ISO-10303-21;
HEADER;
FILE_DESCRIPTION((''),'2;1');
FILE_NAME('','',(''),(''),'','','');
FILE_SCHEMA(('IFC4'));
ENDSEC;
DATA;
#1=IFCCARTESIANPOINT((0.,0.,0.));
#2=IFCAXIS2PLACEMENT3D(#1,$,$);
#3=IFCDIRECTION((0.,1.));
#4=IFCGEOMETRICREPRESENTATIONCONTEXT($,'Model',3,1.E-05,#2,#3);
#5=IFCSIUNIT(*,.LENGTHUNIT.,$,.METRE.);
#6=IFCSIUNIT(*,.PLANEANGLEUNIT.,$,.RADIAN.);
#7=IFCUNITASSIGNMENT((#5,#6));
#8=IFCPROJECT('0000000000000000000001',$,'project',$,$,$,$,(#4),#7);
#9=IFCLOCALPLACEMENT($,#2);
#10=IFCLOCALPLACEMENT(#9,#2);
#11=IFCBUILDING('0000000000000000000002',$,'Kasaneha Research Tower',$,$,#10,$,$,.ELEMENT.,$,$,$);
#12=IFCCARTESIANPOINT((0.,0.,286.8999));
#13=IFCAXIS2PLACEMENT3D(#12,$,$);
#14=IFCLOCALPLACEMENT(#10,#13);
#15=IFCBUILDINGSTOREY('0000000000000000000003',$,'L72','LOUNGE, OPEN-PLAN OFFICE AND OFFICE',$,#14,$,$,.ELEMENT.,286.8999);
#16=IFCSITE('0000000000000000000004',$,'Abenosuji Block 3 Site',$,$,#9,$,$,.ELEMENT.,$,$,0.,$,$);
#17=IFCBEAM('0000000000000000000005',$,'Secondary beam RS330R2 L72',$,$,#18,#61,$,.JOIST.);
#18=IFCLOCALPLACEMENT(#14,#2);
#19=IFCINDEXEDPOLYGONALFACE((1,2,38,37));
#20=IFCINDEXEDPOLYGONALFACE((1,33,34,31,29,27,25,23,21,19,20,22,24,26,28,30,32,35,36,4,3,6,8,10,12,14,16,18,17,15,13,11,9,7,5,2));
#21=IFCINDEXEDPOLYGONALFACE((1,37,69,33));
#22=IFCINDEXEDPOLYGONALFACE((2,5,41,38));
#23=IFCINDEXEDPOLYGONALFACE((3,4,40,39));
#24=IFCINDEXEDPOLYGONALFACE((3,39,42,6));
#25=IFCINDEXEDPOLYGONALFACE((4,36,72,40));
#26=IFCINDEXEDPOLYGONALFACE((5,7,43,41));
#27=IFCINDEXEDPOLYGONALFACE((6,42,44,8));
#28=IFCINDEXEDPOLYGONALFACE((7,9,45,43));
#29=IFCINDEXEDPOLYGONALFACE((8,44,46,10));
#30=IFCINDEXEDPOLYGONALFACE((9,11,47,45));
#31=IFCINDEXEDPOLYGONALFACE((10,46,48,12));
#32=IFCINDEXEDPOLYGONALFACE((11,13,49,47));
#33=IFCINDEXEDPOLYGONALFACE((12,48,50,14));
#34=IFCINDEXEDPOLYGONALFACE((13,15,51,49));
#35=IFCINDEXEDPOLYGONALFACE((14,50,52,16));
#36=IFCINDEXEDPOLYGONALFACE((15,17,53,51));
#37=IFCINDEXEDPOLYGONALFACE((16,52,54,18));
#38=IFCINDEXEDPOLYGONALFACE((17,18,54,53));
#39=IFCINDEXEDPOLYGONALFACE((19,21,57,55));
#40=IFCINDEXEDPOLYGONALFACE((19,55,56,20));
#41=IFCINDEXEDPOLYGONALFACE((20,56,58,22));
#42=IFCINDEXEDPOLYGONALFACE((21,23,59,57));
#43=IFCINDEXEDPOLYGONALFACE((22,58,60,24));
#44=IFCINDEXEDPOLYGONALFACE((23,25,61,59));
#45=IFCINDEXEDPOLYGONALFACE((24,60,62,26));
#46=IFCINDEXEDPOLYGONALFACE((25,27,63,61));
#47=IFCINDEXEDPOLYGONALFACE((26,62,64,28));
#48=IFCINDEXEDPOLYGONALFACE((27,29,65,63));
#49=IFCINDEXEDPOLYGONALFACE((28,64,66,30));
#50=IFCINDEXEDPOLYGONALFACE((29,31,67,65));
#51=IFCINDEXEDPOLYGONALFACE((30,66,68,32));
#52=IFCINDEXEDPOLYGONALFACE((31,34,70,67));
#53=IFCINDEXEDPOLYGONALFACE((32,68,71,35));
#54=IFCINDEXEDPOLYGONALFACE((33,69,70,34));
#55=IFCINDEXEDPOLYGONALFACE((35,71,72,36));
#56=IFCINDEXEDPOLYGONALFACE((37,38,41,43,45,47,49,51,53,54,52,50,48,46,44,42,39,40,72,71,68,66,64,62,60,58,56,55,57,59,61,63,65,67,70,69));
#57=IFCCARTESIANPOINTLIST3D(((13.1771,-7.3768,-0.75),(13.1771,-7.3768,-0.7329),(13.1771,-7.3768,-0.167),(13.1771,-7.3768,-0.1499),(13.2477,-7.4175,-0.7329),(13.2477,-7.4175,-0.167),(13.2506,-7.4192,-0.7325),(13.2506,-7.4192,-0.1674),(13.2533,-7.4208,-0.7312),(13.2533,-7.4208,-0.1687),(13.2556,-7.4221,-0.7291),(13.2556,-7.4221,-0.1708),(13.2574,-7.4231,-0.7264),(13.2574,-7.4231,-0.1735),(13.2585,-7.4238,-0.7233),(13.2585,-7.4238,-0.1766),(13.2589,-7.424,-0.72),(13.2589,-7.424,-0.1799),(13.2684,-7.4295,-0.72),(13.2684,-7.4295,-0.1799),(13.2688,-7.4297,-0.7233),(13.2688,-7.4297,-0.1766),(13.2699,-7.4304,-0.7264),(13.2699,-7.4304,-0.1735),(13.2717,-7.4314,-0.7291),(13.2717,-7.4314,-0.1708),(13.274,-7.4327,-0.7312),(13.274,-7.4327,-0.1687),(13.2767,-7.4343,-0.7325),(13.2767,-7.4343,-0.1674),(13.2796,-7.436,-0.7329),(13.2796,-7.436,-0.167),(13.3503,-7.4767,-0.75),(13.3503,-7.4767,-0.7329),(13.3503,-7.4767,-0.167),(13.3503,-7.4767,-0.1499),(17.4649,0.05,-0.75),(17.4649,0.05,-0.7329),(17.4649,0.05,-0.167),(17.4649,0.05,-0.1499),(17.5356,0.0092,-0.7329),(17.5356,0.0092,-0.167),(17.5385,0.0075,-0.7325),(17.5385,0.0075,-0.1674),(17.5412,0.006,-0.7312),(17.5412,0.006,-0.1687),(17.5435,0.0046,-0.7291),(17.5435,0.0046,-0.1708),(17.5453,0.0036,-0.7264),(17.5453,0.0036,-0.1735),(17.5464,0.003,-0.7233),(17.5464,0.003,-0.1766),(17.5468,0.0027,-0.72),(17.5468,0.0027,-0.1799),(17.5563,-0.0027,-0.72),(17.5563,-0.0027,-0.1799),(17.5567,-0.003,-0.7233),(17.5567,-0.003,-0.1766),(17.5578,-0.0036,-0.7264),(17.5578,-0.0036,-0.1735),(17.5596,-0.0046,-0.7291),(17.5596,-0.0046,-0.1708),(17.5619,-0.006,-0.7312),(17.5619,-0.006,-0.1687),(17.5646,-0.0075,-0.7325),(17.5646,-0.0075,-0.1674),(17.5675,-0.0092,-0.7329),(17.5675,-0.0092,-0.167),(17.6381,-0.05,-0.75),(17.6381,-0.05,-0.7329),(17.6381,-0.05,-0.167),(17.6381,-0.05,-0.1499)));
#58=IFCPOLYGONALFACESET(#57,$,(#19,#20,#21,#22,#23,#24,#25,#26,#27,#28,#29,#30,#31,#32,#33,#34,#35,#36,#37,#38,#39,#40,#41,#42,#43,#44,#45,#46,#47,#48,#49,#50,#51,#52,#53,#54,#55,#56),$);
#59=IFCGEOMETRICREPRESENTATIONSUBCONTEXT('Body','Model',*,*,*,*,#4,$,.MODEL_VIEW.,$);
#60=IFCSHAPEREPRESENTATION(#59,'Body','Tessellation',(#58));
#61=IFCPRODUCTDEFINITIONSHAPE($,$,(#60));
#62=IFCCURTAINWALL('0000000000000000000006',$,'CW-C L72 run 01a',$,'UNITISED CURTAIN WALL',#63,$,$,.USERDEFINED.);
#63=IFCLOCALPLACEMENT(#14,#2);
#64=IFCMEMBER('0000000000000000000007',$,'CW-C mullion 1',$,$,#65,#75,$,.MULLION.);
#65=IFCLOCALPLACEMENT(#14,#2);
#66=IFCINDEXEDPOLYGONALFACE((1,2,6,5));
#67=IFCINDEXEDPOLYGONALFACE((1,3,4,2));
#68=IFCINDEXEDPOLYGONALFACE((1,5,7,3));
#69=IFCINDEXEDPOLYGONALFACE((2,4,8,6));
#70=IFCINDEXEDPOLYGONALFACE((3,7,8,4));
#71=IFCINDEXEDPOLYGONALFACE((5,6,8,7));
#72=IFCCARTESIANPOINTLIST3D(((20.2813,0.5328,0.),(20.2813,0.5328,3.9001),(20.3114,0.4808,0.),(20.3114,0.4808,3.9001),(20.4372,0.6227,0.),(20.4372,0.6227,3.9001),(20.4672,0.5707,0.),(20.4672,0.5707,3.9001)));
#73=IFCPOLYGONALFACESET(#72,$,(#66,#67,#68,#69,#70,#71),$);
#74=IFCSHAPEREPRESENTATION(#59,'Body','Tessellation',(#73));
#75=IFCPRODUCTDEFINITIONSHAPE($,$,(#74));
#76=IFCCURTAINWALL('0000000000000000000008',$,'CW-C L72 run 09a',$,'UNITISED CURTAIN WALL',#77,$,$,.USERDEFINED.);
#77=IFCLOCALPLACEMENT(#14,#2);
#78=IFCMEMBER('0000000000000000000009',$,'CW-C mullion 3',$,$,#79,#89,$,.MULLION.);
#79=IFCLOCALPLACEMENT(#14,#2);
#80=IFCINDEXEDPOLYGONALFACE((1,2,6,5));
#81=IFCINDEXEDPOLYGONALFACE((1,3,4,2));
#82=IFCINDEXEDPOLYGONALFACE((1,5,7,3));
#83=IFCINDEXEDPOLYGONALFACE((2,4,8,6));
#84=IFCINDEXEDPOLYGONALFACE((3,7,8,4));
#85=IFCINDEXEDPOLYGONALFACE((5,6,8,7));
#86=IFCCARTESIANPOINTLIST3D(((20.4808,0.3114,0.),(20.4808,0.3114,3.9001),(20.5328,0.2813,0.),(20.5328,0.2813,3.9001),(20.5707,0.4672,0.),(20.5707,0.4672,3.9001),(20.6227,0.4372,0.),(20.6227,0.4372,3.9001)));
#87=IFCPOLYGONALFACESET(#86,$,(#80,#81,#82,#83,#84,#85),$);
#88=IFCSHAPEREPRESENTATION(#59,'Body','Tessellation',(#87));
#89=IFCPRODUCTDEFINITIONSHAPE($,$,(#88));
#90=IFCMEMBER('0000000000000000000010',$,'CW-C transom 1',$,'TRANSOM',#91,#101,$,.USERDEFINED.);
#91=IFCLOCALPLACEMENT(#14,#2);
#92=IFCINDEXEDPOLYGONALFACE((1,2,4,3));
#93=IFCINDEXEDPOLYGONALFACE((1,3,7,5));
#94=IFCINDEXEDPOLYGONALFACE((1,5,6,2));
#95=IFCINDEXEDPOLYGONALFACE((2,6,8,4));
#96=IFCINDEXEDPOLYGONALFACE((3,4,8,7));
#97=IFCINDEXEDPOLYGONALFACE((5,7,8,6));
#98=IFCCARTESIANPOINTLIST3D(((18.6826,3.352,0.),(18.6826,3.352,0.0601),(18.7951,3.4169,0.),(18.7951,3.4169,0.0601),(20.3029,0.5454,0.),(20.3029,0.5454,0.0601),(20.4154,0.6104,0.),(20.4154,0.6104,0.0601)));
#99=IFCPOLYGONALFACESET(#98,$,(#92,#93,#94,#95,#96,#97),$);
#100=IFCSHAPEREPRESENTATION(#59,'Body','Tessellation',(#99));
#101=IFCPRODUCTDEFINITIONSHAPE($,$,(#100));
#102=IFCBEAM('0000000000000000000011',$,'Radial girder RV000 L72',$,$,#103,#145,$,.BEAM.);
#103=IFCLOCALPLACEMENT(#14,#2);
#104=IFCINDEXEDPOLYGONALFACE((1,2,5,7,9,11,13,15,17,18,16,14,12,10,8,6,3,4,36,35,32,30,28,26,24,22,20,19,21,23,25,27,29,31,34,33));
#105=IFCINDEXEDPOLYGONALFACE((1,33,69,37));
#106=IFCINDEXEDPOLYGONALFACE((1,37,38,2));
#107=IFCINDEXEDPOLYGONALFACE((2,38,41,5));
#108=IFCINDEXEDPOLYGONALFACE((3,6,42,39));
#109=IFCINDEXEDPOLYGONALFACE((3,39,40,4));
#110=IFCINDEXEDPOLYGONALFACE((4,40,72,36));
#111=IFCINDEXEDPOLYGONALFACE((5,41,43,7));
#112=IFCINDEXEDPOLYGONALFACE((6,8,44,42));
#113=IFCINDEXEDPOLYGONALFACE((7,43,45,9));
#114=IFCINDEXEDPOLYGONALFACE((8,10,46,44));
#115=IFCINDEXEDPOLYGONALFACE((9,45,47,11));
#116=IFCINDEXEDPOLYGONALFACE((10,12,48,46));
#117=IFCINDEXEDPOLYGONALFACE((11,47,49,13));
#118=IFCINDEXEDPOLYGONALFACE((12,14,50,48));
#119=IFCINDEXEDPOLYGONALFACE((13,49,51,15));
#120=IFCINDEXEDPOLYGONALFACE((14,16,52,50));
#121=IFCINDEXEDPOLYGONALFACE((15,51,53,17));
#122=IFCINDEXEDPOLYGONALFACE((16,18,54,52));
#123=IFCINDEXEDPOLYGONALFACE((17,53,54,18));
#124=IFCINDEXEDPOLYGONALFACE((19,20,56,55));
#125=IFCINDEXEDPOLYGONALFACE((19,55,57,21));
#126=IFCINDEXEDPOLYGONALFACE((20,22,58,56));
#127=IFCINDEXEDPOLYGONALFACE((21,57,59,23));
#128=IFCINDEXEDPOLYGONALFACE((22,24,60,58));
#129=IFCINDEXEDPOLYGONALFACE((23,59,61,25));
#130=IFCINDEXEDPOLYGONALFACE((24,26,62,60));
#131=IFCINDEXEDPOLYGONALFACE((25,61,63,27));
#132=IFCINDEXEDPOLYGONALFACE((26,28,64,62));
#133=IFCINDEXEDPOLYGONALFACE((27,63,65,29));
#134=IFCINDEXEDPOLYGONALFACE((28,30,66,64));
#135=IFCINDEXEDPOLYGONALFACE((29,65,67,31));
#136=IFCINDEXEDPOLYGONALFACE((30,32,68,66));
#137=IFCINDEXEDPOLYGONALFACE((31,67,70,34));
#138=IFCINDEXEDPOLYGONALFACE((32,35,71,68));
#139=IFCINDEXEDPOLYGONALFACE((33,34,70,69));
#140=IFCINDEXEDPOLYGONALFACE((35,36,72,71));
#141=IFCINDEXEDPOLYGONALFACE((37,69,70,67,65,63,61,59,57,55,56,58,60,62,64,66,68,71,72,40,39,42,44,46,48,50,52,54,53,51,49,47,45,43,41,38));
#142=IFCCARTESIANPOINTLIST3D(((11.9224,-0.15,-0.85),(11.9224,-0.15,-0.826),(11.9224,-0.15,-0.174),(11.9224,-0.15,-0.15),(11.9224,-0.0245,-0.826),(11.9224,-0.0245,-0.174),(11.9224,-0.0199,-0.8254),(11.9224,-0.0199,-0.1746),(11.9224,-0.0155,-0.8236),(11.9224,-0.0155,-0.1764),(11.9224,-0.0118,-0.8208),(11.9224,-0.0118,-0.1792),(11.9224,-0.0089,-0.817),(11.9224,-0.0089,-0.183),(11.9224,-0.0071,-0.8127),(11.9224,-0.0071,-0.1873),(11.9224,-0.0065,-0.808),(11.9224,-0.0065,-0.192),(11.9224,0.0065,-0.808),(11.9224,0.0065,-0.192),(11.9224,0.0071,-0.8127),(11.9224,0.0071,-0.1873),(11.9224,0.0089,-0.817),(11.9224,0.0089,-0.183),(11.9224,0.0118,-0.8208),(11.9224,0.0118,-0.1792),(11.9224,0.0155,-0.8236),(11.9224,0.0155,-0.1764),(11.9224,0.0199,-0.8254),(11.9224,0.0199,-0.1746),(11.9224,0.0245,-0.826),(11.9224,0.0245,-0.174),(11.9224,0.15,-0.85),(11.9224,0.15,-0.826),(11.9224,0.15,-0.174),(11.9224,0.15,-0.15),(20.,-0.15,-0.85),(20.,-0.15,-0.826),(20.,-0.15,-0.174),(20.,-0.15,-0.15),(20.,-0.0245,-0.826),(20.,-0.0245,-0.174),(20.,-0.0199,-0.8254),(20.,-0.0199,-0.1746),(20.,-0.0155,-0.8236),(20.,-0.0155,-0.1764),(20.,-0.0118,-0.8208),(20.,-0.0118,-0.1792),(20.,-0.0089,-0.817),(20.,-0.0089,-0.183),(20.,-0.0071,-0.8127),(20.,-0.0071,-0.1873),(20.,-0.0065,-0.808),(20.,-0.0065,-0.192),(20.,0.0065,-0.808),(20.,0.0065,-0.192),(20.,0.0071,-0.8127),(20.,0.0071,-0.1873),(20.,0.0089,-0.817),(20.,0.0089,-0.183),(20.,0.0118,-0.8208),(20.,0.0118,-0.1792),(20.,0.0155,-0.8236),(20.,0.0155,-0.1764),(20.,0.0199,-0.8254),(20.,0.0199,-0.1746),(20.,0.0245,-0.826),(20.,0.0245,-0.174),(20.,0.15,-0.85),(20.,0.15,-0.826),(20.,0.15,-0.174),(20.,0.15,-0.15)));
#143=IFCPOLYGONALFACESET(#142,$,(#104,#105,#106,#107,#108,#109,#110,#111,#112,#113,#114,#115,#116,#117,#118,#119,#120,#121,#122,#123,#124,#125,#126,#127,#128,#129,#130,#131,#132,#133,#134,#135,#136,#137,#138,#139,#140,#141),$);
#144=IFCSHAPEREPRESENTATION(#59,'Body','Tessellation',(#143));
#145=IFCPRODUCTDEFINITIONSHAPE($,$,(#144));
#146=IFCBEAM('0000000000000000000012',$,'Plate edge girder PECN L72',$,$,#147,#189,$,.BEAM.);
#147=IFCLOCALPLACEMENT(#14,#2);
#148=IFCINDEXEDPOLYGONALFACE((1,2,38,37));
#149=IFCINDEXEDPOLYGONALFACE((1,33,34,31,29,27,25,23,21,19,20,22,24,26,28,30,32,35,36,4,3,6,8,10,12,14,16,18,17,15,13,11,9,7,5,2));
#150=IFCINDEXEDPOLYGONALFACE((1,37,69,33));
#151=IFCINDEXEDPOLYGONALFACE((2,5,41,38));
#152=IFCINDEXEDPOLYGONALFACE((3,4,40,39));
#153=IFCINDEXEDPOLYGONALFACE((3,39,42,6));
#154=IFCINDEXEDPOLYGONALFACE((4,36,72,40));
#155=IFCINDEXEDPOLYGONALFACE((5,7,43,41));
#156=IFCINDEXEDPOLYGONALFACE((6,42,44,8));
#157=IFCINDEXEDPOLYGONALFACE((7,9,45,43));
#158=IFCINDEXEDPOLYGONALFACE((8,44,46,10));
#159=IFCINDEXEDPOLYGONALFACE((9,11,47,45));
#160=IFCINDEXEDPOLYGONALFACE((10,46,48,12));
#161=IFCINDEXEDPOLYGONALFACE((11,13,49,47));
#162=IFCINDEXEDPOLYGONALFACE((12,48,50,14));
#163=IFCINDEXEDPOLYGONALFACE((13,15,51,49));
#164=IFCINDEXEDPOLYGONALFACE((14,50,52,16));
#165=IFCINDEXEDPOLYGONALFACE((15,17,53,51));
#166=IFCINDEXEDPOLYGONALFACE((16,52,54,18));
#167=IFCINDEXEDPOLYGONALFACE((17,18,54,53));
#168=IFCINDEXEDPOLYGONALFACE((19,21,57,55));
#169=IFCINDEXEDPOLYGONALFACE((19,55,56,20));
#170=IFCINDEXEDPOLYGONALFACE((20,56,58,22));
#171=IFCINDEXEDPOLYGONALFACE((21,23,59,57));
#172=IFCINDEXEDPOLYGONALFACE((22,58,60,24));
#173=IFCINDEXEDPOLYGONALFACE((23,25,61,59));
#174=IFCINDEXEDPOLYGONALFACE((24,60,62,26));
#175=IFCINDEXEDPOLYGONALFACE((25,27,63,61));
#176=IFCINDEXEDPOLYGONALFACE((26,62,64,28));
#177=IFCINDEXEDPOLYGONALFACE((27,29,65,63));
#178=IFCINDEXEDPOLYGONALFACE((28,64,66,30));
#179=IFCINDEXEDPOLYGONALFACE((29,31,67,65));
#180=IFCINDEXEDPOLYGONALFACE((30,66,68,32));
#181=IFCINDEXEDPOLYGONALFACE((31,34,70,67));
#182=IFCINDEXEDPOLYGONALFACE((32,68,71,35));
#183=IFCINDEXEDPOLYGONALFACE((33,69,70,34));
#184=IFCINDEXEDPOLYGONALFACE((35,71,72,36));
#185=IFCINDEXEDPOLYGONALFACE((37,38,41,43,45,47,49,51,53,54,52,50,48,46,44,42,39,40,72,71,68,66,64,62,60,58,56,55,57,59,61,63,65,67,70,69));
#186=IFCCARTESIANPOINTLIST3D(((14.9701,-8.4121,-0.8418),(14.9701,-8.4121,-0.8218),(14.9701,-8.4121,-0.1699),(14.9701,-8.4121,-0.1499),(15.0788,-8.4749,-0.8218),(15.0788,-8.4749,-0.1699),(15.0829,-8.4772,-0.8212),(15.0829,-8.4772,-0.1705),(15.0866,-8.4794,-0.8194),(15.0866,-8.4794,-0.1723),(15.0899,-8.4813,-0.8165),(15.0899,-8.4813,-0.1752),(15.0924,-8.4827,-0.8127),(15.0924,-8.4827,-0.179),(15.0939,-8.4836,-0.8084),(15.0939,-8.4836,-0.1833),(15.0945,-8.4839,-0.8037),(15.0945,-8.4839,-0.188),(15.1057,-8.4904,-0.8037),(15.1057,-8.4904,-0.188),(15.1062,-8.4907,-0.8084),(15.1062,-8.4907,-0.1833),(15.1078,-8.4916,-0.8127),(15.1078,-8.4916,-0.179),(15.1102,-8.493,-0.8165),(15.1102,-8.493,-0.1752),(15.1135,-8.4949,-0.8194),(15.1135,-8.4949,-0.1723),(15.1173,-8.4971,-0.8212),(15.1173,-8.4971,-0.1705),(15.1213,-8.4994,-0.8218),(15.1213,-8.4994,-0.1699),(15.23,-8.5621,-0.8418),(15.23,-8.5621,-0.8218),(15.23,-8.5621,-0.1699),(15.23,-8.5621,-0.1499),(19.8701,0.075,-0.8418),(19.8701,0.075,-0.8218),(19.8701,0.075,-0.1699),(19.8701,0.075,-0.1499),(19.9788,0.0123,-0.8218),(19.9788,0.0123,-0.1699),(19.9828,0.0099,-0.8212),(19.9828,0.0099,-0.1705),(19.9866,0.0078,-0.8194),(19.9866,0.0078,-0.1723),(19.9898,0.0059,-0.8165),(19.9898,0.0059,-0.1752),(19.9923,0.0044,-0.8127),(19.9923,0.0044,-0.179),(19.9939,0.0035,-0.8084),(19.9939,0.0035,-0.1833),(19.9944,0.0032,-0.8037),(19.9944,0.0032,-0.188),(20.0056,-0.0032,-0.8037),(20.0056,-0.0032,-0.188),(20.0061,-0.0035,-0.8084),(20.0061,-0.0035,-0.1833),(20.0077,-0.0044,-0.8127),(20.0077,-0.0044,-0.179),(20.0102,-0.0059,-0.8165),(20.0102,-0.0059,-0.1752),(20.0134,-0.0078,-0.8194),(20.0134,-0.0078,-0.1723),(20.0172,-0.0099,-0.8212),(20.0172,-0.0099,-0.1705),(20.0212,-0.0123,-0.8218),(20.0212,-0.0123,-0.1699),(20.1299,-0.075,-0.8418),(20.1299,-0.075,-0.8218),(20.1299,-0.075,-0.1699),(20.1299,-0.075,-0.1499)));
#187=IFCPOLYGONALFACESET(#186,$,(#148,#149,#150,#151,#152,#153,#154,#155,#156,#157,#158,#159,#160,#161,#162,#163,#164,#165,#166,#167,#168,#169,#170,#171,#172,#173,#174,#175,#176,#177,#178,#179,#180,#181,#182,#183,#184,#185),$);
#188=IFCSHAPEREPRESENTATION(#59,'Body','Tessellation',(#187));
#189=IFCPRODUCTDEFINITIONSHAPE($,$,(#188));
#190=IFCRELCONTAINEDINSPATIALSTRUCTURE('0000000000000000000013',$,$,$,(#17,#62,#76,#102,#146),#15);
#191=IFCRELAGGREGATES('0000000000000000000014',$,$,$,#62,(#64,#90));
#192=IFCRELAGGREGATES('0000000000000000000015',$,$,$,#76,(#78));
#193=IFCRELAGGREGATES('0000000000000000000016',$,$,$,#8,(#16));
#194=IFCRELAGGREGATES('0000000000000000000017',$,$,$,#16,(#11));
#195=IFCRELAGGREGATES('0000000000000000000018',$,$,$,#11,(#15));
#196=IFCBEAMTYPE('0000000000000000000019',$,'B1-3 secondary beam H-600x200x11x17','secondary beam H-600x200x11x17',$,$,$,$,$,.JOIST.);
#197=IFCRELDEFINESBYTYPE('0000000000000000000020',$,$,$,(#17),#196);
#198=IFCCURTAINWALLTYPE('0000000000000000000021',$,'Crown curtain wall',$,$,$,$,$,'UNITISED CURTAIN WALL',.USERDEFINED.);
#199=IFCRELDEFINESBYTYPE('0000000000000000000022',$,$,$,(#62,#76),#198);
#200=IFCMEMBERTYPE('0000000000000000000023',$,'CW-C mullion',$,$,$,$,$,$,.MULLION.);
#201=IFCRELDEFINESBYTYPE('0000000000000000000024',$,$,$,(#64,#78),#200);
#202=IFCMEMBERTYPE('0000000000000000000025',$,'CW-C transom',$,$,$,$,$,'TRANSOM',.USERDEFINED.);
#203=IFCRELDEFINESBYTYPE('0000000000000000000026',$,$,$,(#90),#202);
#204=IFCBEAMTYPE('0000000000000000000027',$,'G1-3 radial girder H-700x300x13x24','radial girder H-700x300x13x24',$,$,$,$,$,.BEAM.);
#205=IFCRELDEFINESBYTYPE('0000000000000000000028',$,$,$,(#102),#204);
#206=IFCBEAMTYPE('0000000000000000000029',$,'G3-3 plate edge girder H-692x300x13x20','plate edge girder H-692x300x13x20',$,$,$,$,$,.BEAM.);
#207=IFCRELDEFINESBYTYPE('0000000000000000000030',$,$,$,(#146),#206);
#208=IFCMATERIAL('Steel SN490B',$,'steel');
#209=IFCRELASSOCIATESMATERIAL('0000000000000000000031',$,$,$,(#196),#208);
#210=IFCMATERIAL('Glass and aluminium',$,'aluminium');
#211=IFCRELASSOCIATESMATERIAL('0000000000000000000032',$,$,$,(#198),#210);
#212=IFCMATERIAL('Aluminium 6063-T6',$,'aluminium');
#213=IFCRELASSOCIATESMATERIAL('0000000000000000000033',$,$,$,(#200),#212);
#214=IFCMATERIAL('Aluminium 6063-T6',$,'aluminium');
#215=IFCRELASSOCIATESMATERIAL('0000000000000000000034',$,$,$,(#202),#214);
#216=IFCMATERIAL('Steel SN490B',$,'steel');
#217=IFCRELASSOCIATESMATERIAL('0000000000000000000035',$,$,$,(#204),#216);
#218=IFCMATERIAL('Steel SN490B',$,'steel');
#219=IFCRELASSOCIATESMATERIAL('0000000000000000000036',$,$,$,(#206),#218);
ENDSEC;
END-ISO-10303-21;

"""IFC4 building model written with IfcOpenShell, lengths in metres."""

from ifc_helpers import new_model, si_unit, direction, frame, origin, origin_2d, place, context, subcontext, project, spatial, rectangle, i_section, extrude, material, material_profile, profile_set, type_object, element, aggregate, save


model = new_model("IFC4")

# Units and contexts
model_context = context("Model", 3, precision=1e-05, world=origin(), true_north=direction((0.0, 1.0)))
body_context = subcontext(model_context, "Body", "Model", "MODEL_VIEW")
ifc_project = project(units=[si_unit("LENGTHUNIT", "METRE"), si_unit("PLANEANGLEUNIT", "RADIAN")], contexts=[model_context])

# Site, building, storey
site_placement = place(None, origin())
site = spatial("IfcSite", under=ifc_project, at=site_placement, Name="Abenosuji Block 3 Site", CompositionType="ELEMENT", RefElevation=0.0)
building_placement = place(site_placement, origin())
building = spatial("IfcBuilding", under=site, at=building_placement, Name="Kasaneha Research Tower", CompositionType="ELEMENT")
storey_placement = place(building_placement, frame((0.0, 0.0, 286.8999)))
storey = spatial("IfcBuildingStorey", under=building, at=storey_placement, Name="L72", Description="LOUNGE, OPEN-PLAN OFFICE AND OFFICE", CompositionType="ELEMENT", Elevation=286.8999)

# Beam
ifc_material_1 = material(Name="Steel SN490B", Category="steel")
ifc_material_profile_1 = material_profile(ifc_material_1, i_section(OverallWidth=0.2, OverallDepth=0.6001, WebThickness=0.011, FlangeThickness=0.0171, FilletRadius=0.0129, at=origin_2d()), Name="H-600x200x11x17")
ifc_profile_set_1 = profile_set([ifc_material_profile_1], Name="Steel SN490B")
beam_type_1 = type_object("IfcBeamType", Name="B1-3 secondary beam H-600x200x11x17", Description="secondary beam H-600x200x11x17", PredefinedType="JOIST", material=ifc_profile_set_1)
beam_1_placement = place(storey_placement, frame((17.5515, 0.0, -0.45), z_axis=(-0.5, -0.866025, 0.0), x_axis=(0.866025, -0.5, 0.0)))
element("IfcBeam", 1, at=beam_1_placement, inside=storey, type_object=beam_type_1, Name="Secondary beam RS330R2 L72", PredefinedType="JOIST", context=body_context, shape_type="SweptSolid", body=[
    extrude(i_section(OverallWidth=0.2, OverallDepth=0.6001, WebThickness=0.011, FlangeThickness=0.0171, FilletRadius=0.0129, at=origin_2d()), origin(), (0.0, 0.0, 1.0), 8.5757),
])

# Curtain walls, members
ifc_material_2 = material(Name="Glass and aluminium", Category="aluminium")
curtain_wall_type = type_object("IfcCurtainWallType", Name="Crown curtain wall", ElementType="UNITISED CURTAIN WALL", PredefinedType="USERDEFINED", material=ifc_material_2)
curtain_wall_1_placement = place(storey_placement, origin())
curtain_wall_1 = element("IfcCurtainWall", 2, at=curtain_wall_1_placement, inside=storey, type_object=curtain_wall_type, Name="CW-C L72 run 01a", ObjectType="UNITISED CURTAIN WALL", PredefinedType="USERDEFINED")
ifc_material_3 = material(Name="Aluminium 6063-T6", Category="aluminium")
ifc_material_profile_2 = material_profile(ifc_material_3, rectangle(XDim=0.0601, YDim=0.1799, at=origin_2d()), Name="CW-C mullion 60x180")
ifc_profile_set_2 = profile_set([ifc_material_profile_2], Name="Aluminium 6063-T6")
member_type_1 = type_object("IfcMemberType", Name="CW-C mullion", PredefinedType="MULLION", material=ifc_profile_set_2)
member_1_placement = place(storey_placement, frame((20.3743, 0.5518, 0.0), z_axis=(0.0, 0.0, 1.0), x_axis=(-0.5, 0.866025, 0.0)))
member_1 = element("IfcMember", 3, at=member_1_placement, type_object=member_type_1, Name="CW-C mullion 1", PredefinedType="MULLION", context=body_context, shape_type="SweptSolid", body=[
    extrude(rectangle(XDim=0.0601, YDim=0.1799, at=origin_2d()), origin(), (0.0, 0.0, 1.0), 3.9001),
])
curtain_wall_2_placement = place(storey_placement, origin())
curtain_wall_2 = element("IfcCurtainWall", 4, at=curtain_wall_2_placement, inside=storey, type_object=curtain_wall_type, Name="CW-C L72 run 09a", ObjectType="UNITISED CURTAIN WALL", PredefinedType="USERDEFINED")
member_2_placement = place(storey_placement, frame((20.5518, 0.3743, 0.0), z_axis=(0.0, 0.0, 1.0), x_axis=(-0.866025, 0.5, 0.0)))
member_2 = element("IfcMember", 5, at=member_2_placement, type_object=member_type_1, Name="CW-C mullion 3", PredefinedType="MULLION", context=body_context, shape_type="SweptSolid", body=[
    extrude(rectangle(XDim=0.0601, YDim=0.1799, at=origin_2d()), origin(), (0.0, 0.0, 1.0), 3.9001),
])

# Member
ifc_material_4 = material(Name="Aluminium 6063-T6", Category="aluminium")
ifc_material_profile_3 = material_profile(ifc_material_4, rectangle(XDim=0.1299, YDim=0.0601, at=origin_2d()), Name="CW-C transom 130x60")
ifc_profile_set_3 = profile_set([ifc_material_profile_3], Name="Aluminium 6063-T6")
member_type_2 = type_object("IfcMemberType", Name="CW-C transom", ElementType="TRANSOM", PredefinedType="USERDEFINED", material=ifc_profile_set_3)
member_3_placement = place(storey_placement, frame((20.3591, 0.5779, 0.03), z_axis=(-0.499988, 0.866033, 0.0), x_axis=(-0.866033, -0.499988, 0.0)))
member_3 = element("IfcMember", 6, at=member_3_placement, type_object=member_type_2, Name="CW-C transom 1", ObjectType="TRANSOM", PredefinedType="USERDEFINED", context=body_context, shape_type="SweptSolid", body=[
    extrude(rectangle(XDim=0.1299, YDim=0.0601, at=origin_2d()), origin(), (0.0, 0.0, 1.0), 3.2407),
])

# Beams
ifc_material_5 = material(Name="Steel SN490B", Category="steel")
ifc_material_profile_4 = material_profile(ifc_material_5, i_section(OverallWidth=0.3, OverallDepth=0.7, WebThickness=0.0129, FlangeThickness=0.0239, FilletRadius=0.0181, at=origin_2d()), Name="H-700x300x13x24")
ifc_profile_set_4 = profile_set([ifc_material_profile_4], Name="Steel SN490B")
beam_type_2 = type_object("IfcBeamType", Name="G1-3 radial girder H-700x300x13x24", Description="radial girder H-700x300x13x24", PredefinedType="BEAM", material=ifc_profile_set_4)
beam_2_placement = place(storey_placement, frame((11.9224, 0.0, -0.5), z_axis=(1.0, 0.0, 0.0), x_axis=(0.0, 1.0, 0.0)))
element("IfcBeam", 7, at=beam_2_placement, inside=storey, type_object=beam_type_2, Name="Radial girder RV000 L72", PredefinedType="BEAM", context=body_context, shape_type="SweptSolid", body=[
    extrude(i_section(OverallWidth=0.3, OverallDepth=0.7, WebThickness=0.0129, FlangeThickness=0.0239, FilletRadius=0.0181, at=origin_2d()), origin(), (0.0, 0.0, 1.0), 8.0776),
])
ifc_material_6 = material(Name="Steel SN490B", Category="steel")
ifc_material_profile_5 = material_profile(ifc_material_6, i_section(OverallWidth=0.3, OverallDepth=0.6919, WebThickness=0.0129, FlangeThickness=0.02, FilletRadius=0.0181, at=origin_2d()), Name="H-692x300x13x20")
ifc_profile_set_5 = profile_set([ifc_material_profile_5], Name="Steel SN490B")
beam_type_3 = type_object("IfcBeamType", Name="G3-3 plate edge girder H-692x300x13x20", Description="plate edge girder H-692x300x13x20", PredefinedType="BEAM", material=ifc_profile_set_5)
beam_3_placement = place(storey_placement, frame((20.0, 0.0, -0.4958), z_axis=(-0.499992, -0.86603, 0.0), x_axis=(0.86603, -0.499992, 0.0)))
element("IfcBeam", 8, at=beam_3_placement, inside=storey, type_object=beam_type_3, Name="Plate edge girder PECN L72", PredefinedType="BEAM", context=body_context, shape_type="SweptSolid", body=[
    extrude(i_section(OverallWidth=0.3, OverallDepth=0.6919, WebThickness=0.0129, FlangeThickness=0.02, FilletRadius=0.0181, at=origin_2d()), origin(), (0.0, 0.0, 1.0), 9.8),
])

aggregate(curtain_wall_1, [member_1, member_3])
aggregate(curtain_wall_2, [member_2])

save(model, "model.ifc")
